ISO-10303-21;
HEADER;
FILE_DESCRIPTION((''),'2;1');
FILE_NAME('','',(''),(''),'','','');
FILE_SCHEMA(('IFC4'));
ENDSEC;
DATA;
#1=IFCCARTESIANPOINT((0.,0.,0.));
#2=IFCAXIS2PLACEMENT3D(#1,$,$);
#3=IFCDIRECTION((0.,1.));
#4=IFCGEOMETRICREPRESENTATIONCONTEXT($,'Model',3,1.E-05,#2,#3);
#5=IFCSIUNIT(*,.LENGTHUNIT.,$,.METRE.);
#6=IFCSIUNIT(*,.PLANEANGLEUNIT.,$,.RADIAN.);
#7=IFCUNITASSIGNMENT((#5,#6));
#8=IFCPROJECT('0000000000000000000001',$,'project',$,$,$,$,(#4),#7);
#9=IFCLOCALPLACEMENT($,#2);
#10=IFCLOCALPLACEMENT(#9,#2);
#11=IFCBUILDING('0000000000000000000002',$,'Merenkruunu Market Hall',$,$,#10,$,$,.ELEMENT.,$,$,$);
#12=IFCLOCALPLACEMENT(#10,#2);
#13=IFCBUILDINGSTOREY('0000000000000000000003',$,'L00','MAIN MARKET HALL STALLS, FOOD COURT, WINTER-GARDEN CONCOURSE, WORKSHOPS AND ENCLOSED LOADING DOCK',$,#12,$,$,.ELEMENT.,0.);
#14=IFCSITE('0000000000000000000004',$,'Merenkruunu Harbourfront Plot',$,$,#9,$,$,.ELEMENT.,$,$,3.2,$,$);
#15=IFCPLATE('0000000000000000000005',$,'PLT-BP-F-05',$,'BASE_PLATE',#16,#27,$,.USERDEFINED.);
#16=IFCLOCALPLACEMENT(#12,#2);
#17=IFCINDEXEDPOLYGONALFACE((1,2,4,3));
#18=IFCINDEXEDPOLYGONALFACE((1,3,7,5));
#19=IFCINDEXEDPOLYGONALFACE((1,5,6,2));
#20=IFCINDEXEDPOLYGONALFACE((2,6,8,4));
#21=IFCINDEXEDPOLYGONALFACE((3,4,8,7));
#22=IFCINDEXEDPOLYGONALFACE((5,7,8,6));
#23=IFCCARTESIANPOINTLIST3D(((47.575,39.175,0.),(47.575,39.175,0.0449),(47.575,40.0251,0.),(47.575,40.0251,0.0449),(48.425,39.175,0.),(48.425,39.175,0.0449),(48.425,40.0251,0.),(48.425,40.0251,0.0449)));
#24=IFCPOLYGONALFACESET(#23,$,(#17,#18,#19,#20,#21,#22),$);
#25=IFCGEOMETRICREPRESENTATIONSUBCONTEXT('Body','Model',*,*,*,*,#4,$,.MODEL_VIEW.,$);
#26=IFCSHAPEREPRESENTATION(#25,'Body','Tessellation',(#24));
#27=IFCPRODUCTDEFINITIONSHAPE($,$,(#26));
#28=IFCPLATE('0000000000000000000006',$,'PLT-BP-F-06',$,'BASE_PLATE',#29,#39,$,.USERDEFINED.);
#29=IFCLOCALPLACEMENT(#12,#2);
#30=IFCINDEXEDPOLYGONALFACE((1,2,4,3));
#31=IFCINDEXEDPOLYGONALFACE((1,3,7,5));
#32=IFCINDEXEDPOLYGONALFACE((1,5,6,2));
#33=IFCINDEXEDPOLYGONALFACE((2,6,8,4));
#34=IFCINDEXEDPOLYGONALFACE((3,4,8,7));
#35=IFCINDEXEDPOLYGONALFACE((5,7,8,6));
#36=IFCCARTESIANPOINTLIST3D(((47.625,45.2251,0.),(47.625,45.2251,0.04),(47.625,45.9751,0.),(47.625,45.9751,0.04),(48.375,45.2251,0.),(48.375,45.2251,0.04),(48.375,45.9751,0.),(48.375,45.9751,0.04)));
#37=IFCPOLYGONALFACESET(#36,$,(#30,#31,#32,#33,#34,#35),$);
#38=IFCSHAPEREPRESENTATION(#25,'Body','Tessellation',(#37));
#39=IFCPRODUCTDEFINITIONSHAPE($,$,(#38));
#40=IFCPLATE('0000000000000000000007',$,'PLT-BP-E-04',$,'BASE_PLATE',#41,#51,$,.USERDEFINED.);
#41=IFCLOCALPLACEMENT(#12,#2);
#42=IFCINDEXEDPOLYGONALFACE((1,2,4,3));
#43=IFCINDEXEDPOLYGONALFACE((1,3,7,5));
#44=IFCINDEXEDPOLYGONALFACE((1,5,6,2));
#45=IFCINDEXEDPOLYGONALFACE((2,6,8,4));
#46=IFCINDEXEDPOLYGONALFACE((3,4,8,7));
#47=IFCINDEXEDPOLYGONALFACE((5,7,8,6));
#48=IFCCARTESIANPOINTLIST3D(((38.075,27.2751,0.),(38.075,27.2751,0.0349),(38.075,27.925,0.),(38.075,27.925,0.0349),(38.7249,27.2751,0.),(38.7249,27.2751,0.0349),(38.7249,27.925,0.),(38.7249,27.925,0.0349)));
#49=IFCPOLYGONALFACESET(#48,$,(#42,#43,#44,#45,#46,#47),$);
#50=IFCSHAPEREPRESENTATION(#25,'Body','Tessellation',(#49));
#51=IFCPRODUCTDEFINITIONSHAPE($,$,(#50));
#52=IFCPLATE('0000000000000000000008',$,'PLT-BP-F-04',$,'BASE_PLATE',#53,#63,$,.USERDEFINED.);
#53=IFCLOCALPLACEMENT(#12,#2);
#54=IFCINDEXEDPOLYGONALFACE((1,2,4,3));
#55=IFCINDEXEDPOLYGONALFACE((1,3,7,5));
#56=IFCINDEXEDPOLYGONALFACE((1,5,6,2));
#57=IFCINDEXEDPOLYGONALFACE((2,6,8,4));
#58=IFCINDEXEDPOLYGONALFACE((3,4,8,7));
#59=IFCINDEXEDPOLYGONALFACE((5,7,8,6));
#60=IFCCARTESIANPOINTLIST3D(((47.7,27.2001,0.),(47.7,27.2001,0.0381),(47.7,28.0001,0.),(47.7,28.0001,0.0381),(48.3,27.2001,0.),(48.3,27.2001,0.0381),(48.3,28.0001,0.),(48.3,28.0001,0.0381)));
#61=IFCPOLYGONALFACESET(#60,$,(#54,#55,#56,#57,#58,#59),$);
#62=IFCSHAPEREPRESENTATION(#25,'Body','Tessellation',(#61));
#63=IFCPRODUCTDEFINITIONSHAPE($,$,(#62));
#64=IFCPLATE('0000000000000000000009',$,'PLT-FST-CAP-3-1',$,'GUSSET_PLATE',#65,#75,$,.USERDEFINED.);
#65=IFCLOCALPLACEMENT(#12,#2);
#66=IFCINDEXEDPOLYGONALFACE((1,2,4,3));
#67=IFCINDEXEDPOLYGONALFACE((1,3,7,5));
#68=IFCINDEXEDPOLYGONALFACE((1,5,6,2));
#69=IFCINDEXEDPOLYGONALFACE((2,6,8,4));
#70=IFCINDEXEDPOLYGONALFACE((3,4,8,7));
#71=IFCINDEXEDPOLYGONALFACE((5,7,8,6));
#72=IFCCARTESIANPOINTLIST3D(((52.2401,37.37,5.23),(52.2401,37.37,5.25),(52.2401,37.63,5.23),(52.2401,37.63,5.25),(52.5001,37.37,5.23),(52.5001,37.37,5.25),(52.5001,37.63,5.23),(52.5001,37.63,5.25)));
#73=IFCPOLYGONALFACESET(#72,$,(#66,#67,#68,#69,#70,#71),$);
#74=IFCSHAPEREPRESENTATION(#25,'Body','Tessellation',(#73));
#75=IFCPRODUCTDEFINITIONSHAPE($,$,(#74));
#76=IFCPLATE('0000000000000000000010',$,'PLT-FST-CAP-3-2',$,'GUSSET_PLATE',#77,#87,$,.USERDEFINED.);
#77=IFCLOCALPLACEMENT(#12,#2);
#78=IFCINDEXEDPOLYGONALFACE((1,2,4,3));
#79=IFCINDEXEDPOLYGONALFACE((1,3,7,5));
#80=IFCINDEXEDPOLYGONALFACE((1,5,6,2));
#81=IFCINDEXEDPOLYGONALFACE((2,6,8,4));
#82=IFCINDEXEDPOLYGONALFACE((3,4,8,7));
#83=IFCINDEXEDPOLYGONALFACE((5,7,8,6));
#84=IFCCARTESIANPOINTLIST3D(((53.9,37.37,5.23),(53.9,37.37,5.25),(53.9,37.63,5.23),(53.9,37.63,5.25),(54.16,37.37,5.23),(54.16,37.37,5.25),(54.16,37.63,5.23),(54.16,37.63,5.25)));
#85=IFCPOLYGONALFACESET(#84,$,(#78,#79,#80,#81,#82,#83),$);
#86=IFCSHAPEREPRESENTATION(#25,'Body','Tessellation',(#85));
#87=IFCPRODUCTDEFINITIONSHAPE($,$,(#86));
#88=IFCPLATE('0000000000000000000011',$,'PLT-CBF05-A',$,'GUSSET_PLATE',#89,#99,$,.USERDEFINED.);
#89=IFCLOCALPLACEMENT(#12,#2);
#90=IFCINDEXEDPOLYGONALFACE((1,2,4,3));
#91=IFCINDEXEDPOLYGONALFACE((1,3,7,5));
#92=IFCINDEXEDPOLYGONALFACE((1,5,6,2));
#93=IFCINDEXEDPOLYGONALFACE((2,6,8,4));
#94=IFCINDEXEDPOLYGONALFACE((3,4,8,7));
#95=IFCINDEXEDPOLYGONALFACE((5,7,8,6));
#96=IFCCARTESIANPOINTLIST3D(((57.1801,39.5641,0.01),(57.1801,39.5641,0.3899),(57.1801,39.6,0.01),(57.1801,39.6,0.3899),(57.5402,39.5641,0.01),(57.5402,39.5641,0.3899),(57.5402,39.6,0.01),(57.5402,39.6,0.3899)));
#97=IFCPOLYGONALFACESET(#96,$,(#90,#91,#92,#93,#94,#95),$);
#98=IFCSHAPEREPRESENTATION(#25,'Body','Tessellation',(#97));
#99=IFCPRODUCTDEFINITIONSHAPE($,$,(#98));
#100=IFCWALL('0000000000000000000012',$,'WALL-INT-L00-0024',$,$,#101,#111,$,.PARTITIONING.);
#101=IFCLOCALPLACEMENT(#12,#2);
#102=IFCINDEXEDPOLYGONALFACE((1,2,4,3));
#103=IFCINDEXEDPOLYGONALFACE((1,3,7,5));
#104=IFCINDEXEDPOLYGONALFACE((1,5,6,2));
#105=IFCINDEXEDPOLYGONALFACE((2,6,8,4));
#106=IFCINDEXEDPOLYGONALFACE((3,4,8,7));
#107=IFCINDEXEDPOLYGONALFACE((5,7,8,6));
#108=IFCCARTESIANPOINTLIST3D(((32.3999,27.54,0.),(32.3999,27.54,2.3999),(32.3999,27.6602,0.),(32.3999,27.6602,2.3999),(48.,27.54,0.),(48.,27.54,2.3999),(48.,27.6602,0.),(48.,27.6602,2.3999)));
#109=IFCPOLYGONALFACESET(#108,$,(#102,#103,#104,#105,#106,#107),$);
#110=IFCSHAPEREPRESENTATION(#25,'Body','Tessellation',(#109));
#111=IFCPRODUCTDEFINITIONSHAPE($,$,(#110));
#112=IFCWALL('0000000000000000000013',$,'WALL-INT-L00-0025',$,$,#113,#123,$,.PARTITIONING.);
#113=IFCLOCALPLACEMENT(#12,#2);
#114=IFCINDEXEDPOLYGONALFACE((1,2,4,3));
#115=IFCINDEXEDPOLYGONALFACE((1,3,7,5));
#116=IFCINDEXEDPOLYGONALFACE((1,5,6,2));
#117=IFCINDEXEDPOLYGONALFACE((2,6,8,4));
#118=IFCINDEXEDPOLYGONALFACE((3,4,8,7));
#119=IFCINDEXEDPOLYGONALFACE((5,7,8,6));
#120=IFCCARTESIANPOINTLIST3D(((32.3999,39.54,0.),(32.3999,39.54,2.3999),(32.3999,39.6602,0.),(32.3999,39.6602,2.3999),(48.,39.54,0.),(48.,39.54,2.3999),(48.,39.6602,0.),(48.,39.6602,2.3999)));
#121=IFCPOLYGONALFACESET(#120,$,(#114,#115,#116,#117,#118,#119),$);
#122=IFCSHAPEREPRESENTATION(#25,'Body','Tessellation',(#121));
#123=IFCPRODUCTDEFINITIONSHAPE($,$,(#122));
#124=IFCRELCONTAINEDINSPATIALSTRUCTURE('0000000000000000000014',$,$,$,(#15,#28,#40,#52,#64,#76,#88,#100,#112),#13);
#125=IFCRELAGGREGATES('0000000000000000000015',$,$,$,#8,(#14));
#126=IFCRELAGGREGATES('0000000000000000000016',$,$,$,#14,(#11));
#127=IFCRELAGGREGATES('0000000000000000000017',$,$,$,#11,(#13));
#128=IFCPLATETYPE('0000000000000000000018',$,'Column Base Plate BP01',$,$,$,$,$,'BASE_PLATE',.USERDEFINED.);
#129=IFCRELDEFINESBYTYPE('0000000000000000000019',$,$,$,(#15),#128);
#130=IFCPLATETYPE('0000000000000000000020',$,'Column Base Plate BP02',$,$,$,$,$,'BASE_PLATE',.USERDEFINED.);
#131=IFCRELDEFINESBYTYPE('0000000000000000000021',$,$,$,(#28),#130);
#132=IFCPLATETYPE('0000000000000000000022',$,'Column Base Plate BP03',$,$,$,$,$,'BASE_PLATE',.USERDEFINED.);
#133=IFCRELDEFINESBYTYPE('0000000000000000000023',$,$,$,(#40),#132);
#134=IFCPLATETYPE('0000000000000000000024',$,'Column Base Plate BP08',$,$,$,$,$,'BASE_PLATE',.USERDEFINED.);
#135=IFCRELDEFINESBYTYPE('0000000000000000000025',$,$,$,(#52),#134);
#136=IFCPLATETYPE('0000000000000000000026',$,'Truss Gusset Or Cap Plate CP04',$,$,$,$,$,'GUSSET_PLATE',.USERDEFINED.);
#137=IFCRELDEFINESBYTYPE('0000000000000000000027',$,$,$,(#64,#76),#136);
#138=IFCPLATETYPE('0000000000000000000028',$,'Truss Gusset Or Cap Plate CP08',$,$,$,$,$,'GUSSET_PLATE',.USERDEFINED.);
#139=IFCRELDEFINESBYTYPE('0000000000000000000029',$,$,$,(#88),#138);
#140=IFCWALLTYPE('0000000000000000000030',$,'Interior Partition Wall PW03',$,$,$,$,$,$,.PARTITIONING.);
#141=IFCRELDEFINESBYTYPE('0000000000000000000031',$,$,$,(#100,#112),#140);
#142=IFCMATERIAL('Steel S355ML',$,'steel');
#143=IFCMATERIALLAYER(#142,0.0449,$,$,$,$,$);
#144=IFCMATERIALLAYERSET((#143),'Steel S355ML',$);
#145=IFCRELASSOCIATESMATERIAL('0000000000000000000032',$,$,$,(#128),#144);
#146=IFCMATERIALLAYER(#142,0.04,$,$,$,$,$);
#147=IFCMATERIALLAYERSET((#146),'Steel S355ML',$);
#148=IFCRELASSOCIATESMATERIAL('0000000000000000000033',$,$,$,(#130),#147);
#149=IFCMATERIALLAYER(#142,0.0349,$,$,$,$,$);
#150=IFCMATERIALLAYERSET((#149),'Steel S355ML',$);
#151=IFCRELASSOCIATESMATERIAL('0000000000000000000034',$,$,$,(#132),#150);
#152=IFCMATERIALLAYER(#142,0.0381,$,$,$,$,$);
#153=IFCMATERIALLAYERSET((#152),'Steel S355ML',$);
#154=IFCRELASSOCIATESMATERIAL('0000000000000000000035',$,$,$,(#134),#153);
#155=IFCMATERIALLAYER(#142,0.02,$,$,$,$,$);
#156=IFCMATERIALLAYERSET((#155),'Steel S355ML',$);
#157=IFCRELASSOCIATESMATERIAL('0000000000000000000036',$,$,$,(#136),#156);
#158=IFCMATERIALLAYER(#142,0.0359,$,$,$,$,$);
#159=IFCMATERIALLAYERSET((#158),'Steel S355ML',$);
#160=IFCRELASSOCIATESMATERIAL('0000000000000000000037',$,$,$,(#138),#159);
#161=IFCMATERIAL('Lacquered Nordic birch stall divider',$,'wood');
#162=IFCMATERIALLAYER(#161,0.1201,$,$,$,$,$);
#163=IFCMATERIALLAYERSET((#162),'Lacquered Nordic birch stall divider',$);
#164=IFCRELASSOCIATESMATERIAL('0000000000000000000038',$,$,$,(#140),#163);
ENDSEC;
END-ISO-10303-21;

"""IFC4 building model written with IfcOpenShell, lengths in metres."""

from ifc_helpers import new_model, si_unit, direction, frame, frame_2d, origin, origin_2d, place, context, subcontext, project, spatial, rectangle, extrude, material, layer, layer_set, type_object, element, save


model = new_model("IFC4")

# Units and contexts
model_context = context("Model", 3, precision=1e-05, world=origin(), true_north=direction((0.0, 1.0)))
body_context = subcontext(model_context, "Body", "Model", "MODEL_VIEW")
ifc_project = project(units=[si_unit("LENGTHUNIT", "METRE"), si_unit("PLANEANGLEUNIT", "RADIAN")], contexts=[model_context])

# Site, building, storey
site_placement = place(None, origin())
site = spatial("IfcSite", under=ifc_project, at=site_placement, Name="Merenkruunu Harbourfront Plot", CompositionType="ELEMENT", RefElevation=3.2)
building_placement = place(site_placement, origin())
building = spatial("IfcBuilding", under=site, at=building_placement, Name="Merenkruunu Market Hall", CompositionType="ELEMENT")
storey_placement = place(building_placement, origin())
storey = spatial("IfcBuildingStorey", under=building, at=storey_placement, Name="L00", Description="MAIN MARKET HALL STALLS, FOOD COURT, WINTER-GARDEN CONCOURSE, WORKSHOPS AND ENCLOSED LOADING DOCK", CompositionType="ELEMENT", Elevation=0.0)

# Shared definitions
ifc_material_1 = material(Name="Steel S355ML", Category="steel")

# Plates
ifc_layer_1 = layer(ifc_material_1, 0.0449)
ifc_layer_set_1 = layer_set([ifc_layer_1], Name="Steel S355ML")
plate_type_1 = type_object("IfcPlateType", Name="Column Base Plate BP01", ElementType="BASE_PLATE", PredefinedType="USERDEFINED", material=ifc_layer_set_1)
plate_1_placement = place(storey_placement, frame((48.0, 39.6001, 0.0), z_axis=(0.0, 0.0, 1.0), x_axis=(1.0, 0.0, 0.0)))
element("IfcPlate", 1, at=plate_1_placement, inside=storey, type_object=plate_type_1, Name="PLT-BP-F-05", ObjectType="BASE_PLATE", PredefinedType="USERDEFINED", context=body_context, shape_type="SweptSolid", body=[
    extrude(rectangle(XDim=0.8501, YDim=0.8501, at=origin_2d()), origin(), (0.0, 0.0, 1.0), 0.0449),
])
ifc_layer_2 = layer(ifc_material_1, 0.04)
ifc_layer_set_2 = layer_set([ifc_layer_2], Name="Steel S355ML")
plate_type_2 = type_object("IfcPlateType", Name="Column Base Plate BP02", ElementType="BASE_PLATE", PredefinedType="USERDEFINED", material=ifc_layer_set_2)
plate_2_placement = place(storey_placement, frame((48.0, 45.6001, 0.0), z_axis=(0.0, 0.0, 1.0), x_axis=(1.0, 0.0, 0.0)))
element("IfcPlate", 2, at=plate_2_placement, inside=storey, type_object=plate_type_2, Name="PLT-BP-F-06", ObjectType="BASE_PLATE", PredefinedType="USERDEFINED", context=body_context, shape_type="SweptSolid", body=[
    extrude(rectangle(XDim=0.75, YDim=0.75, at=origin_2d()), origin(), (0.0, 0.0, 1.0), 0.04),
])
ifc_layer_3 = layer(ifc_material_1, 0.0349)
ifc_layer_set_3 = layer_set([ifc_layer_3], Name="Steel S355ML")
plate_type_3 = type_object("IfcPlateType", Name="Column Base Plate BP03", ElementType="BASE_PLATE", PredefinedType="USERDEFINED", material=ifc_layer_set_3)
plate_3_placement = place(storey_placement, frame((38.3999, 27.6001, 0.0), z_axis=(0.0, 0.0, 1.0), x_axis=(1.0, 0.0, 0.0)))
element("IfcPlate", 3, at=plate_3_placement, inside=storey, type_object=plate_type_3, Name="PLT-BP-E-04", ObjectType="BASE_PLATE", PredefinedType="USERDEFINED", context=body_context, shape_type="SweptSolid", body=[
    extrude(rectangle(XDim=0.6499, YDim=0.6499, at=origin_2d()), origin(), (0.0, 0.0, 1.0), 0.0349),
])
ifc_layer_4 = layer(ifc_material_1, 0.0381)
ifc_layer_set_4 = layer_set([ifc_layer_4], Name="Steel S355ML")
plate_type_4 = type_object("IfcPlateType", Name="Column Base Plate BP08", ElementType="BASE_PLATE", PredefinedType="USERDEFINED", material=ifc_layer_set_4)
plate_4_placement = place(storey_placement, frame((48.0, 27.6001, 0.0), z_axis=(0.0, 0.0, 1.0), x_axis=(1.0, 0.0, 0.0)))
element("IfcPlate", 4, at=plate_4_placement, inside=storey, type_object=plate_type_4, Name="PLT-BP-F-04", ObjectType="BASE_PLATE", PredefinedType="USERDEFINED", context=body_context, shape_type="SweptSolid", body=[
    extrude(rectangle(XDim=0.6001, YDim=0.8, at=origin_2d()), origin(), (0.0, 0.0, 1.0), 0.0381),
])
ifc_layer_5 = layer(ifc_material_1, 0.02)
ifc_layer_set_5 = layer_set([ifc_layer_5], Name="Steel S355ML")
plate_type_5 = type_object("IfcPlateType", Name="Truss Gusset Or Cap Plate CP04", ElementType="GUSSET_PLATE", PredefinedType="USERDEFINED", material=ifc_layer_set_5)
for number, where, z_axis, x_axis, name in (
    (5, (52.3701, 37.5, 5.23), (0.0, 0.0, 1.0), (1.0, 0.0, 0.0), "PLT-FST-CAP-3-1"),
    (6, (54.03, 37.5, 5.23), (0.0, 0.0, 1.0), (1.0, 0.0, 0.0), "PLT-FST-CAP-3-2"),
):
    element("IfcPlate", number, at=place(storey_placement, frame(where, z_axis=z_axis, x_axis=x_axis)), inside=storey, type_object=plate_type_5, Name=name, ObjectType="GUSSET_PLATE", PredefinedType="USERDEFINED", context=body_context, shape_type="SweptSolid", body=[
        extrude(rectangle(XDim=0.26, YDim=0.26, at=origin_2d()), origin(), (0.0, 0.0, 1.0), 0.02),
    ])
ifc_layer_6 = layer(ifc_material_1, 0.0359)
ifc_layer_set_6 = layer_set([ifc_layer_6], Name="Steel S355ML")
plate_type_6 = type_object("IfcPlateType", Name="Truss Gusset Or Cap Plate CP08", ElementType="GUSSET_PLATE", PredefinedType="USERDEFINED", material=ifc_layer_set_6)
plate_5_placement = place(storey_placement, frame((57.3601, 39.582, 0.01), z_axis=(0.0, 0.0, 1.0), x_axis=(1.0, 0.0, 0.0)))
element("IfcPlate", 7, at=plate_5_placement, inside=storey, type_object=plate_type_6, Name="PLT-CBF05-A", ObjectType="GUSSET_PLATE", PredefinedType="USERDEFINED", context=body_context, shape_type="SweptSolid", body=[
    extrude(rectangle(XDim=0.3601, YDim=0.0359, at=origin_2d()), origin(), (0.0, 0.0, 1.0), 0.3799),
])

# Walls
ifc_material_2 = material(Name="Lacquered Nordic birch stall divider", Category="wood")
ifc_layer_7 = layer(ifc_material_2, 0.1201)
ifc_layer_set_7 = layer_set([ifc_layer_7], Name="Lacquered Nordic birch stall divider")
wall_type = type_object("IfcWallType", Name="Interior Partition Wall PW03", PredefinedType="PARTITIONING", material=ifc_layer_set_7)
for number, where, z_axis, x_axis, name in (
    (8, (32.3999, 27.6001, 0.0), (0.0, 0.0, 1.0), (1.0, 0.0, 0.0), "WALL-INT-L00-0024"),
    (9, (32.3999, 39.6001, 0.0), (0.0, 0.0, 1.0), (1.0, 0.0, 0.0), "WALL-INT-L00-0025"),
):
    element("IfcWall", number, at=place(storey_placement, frame(where, z_axis=z_axis, x_axis=x_axis)), inside=storey, type_object=wall_type, Name=name, PredefinedType="PARTITIONING", context=body_context, shape_type="SweptSolid", body=[
        extrude(rectangle(XDim=15.6001, YDim=0.1201, at=frame_2d((7.8, 0.0))), origin(), (0.0, 0.0, 1.0), 2.3999),
    ])

save(model, "model.ifc")
